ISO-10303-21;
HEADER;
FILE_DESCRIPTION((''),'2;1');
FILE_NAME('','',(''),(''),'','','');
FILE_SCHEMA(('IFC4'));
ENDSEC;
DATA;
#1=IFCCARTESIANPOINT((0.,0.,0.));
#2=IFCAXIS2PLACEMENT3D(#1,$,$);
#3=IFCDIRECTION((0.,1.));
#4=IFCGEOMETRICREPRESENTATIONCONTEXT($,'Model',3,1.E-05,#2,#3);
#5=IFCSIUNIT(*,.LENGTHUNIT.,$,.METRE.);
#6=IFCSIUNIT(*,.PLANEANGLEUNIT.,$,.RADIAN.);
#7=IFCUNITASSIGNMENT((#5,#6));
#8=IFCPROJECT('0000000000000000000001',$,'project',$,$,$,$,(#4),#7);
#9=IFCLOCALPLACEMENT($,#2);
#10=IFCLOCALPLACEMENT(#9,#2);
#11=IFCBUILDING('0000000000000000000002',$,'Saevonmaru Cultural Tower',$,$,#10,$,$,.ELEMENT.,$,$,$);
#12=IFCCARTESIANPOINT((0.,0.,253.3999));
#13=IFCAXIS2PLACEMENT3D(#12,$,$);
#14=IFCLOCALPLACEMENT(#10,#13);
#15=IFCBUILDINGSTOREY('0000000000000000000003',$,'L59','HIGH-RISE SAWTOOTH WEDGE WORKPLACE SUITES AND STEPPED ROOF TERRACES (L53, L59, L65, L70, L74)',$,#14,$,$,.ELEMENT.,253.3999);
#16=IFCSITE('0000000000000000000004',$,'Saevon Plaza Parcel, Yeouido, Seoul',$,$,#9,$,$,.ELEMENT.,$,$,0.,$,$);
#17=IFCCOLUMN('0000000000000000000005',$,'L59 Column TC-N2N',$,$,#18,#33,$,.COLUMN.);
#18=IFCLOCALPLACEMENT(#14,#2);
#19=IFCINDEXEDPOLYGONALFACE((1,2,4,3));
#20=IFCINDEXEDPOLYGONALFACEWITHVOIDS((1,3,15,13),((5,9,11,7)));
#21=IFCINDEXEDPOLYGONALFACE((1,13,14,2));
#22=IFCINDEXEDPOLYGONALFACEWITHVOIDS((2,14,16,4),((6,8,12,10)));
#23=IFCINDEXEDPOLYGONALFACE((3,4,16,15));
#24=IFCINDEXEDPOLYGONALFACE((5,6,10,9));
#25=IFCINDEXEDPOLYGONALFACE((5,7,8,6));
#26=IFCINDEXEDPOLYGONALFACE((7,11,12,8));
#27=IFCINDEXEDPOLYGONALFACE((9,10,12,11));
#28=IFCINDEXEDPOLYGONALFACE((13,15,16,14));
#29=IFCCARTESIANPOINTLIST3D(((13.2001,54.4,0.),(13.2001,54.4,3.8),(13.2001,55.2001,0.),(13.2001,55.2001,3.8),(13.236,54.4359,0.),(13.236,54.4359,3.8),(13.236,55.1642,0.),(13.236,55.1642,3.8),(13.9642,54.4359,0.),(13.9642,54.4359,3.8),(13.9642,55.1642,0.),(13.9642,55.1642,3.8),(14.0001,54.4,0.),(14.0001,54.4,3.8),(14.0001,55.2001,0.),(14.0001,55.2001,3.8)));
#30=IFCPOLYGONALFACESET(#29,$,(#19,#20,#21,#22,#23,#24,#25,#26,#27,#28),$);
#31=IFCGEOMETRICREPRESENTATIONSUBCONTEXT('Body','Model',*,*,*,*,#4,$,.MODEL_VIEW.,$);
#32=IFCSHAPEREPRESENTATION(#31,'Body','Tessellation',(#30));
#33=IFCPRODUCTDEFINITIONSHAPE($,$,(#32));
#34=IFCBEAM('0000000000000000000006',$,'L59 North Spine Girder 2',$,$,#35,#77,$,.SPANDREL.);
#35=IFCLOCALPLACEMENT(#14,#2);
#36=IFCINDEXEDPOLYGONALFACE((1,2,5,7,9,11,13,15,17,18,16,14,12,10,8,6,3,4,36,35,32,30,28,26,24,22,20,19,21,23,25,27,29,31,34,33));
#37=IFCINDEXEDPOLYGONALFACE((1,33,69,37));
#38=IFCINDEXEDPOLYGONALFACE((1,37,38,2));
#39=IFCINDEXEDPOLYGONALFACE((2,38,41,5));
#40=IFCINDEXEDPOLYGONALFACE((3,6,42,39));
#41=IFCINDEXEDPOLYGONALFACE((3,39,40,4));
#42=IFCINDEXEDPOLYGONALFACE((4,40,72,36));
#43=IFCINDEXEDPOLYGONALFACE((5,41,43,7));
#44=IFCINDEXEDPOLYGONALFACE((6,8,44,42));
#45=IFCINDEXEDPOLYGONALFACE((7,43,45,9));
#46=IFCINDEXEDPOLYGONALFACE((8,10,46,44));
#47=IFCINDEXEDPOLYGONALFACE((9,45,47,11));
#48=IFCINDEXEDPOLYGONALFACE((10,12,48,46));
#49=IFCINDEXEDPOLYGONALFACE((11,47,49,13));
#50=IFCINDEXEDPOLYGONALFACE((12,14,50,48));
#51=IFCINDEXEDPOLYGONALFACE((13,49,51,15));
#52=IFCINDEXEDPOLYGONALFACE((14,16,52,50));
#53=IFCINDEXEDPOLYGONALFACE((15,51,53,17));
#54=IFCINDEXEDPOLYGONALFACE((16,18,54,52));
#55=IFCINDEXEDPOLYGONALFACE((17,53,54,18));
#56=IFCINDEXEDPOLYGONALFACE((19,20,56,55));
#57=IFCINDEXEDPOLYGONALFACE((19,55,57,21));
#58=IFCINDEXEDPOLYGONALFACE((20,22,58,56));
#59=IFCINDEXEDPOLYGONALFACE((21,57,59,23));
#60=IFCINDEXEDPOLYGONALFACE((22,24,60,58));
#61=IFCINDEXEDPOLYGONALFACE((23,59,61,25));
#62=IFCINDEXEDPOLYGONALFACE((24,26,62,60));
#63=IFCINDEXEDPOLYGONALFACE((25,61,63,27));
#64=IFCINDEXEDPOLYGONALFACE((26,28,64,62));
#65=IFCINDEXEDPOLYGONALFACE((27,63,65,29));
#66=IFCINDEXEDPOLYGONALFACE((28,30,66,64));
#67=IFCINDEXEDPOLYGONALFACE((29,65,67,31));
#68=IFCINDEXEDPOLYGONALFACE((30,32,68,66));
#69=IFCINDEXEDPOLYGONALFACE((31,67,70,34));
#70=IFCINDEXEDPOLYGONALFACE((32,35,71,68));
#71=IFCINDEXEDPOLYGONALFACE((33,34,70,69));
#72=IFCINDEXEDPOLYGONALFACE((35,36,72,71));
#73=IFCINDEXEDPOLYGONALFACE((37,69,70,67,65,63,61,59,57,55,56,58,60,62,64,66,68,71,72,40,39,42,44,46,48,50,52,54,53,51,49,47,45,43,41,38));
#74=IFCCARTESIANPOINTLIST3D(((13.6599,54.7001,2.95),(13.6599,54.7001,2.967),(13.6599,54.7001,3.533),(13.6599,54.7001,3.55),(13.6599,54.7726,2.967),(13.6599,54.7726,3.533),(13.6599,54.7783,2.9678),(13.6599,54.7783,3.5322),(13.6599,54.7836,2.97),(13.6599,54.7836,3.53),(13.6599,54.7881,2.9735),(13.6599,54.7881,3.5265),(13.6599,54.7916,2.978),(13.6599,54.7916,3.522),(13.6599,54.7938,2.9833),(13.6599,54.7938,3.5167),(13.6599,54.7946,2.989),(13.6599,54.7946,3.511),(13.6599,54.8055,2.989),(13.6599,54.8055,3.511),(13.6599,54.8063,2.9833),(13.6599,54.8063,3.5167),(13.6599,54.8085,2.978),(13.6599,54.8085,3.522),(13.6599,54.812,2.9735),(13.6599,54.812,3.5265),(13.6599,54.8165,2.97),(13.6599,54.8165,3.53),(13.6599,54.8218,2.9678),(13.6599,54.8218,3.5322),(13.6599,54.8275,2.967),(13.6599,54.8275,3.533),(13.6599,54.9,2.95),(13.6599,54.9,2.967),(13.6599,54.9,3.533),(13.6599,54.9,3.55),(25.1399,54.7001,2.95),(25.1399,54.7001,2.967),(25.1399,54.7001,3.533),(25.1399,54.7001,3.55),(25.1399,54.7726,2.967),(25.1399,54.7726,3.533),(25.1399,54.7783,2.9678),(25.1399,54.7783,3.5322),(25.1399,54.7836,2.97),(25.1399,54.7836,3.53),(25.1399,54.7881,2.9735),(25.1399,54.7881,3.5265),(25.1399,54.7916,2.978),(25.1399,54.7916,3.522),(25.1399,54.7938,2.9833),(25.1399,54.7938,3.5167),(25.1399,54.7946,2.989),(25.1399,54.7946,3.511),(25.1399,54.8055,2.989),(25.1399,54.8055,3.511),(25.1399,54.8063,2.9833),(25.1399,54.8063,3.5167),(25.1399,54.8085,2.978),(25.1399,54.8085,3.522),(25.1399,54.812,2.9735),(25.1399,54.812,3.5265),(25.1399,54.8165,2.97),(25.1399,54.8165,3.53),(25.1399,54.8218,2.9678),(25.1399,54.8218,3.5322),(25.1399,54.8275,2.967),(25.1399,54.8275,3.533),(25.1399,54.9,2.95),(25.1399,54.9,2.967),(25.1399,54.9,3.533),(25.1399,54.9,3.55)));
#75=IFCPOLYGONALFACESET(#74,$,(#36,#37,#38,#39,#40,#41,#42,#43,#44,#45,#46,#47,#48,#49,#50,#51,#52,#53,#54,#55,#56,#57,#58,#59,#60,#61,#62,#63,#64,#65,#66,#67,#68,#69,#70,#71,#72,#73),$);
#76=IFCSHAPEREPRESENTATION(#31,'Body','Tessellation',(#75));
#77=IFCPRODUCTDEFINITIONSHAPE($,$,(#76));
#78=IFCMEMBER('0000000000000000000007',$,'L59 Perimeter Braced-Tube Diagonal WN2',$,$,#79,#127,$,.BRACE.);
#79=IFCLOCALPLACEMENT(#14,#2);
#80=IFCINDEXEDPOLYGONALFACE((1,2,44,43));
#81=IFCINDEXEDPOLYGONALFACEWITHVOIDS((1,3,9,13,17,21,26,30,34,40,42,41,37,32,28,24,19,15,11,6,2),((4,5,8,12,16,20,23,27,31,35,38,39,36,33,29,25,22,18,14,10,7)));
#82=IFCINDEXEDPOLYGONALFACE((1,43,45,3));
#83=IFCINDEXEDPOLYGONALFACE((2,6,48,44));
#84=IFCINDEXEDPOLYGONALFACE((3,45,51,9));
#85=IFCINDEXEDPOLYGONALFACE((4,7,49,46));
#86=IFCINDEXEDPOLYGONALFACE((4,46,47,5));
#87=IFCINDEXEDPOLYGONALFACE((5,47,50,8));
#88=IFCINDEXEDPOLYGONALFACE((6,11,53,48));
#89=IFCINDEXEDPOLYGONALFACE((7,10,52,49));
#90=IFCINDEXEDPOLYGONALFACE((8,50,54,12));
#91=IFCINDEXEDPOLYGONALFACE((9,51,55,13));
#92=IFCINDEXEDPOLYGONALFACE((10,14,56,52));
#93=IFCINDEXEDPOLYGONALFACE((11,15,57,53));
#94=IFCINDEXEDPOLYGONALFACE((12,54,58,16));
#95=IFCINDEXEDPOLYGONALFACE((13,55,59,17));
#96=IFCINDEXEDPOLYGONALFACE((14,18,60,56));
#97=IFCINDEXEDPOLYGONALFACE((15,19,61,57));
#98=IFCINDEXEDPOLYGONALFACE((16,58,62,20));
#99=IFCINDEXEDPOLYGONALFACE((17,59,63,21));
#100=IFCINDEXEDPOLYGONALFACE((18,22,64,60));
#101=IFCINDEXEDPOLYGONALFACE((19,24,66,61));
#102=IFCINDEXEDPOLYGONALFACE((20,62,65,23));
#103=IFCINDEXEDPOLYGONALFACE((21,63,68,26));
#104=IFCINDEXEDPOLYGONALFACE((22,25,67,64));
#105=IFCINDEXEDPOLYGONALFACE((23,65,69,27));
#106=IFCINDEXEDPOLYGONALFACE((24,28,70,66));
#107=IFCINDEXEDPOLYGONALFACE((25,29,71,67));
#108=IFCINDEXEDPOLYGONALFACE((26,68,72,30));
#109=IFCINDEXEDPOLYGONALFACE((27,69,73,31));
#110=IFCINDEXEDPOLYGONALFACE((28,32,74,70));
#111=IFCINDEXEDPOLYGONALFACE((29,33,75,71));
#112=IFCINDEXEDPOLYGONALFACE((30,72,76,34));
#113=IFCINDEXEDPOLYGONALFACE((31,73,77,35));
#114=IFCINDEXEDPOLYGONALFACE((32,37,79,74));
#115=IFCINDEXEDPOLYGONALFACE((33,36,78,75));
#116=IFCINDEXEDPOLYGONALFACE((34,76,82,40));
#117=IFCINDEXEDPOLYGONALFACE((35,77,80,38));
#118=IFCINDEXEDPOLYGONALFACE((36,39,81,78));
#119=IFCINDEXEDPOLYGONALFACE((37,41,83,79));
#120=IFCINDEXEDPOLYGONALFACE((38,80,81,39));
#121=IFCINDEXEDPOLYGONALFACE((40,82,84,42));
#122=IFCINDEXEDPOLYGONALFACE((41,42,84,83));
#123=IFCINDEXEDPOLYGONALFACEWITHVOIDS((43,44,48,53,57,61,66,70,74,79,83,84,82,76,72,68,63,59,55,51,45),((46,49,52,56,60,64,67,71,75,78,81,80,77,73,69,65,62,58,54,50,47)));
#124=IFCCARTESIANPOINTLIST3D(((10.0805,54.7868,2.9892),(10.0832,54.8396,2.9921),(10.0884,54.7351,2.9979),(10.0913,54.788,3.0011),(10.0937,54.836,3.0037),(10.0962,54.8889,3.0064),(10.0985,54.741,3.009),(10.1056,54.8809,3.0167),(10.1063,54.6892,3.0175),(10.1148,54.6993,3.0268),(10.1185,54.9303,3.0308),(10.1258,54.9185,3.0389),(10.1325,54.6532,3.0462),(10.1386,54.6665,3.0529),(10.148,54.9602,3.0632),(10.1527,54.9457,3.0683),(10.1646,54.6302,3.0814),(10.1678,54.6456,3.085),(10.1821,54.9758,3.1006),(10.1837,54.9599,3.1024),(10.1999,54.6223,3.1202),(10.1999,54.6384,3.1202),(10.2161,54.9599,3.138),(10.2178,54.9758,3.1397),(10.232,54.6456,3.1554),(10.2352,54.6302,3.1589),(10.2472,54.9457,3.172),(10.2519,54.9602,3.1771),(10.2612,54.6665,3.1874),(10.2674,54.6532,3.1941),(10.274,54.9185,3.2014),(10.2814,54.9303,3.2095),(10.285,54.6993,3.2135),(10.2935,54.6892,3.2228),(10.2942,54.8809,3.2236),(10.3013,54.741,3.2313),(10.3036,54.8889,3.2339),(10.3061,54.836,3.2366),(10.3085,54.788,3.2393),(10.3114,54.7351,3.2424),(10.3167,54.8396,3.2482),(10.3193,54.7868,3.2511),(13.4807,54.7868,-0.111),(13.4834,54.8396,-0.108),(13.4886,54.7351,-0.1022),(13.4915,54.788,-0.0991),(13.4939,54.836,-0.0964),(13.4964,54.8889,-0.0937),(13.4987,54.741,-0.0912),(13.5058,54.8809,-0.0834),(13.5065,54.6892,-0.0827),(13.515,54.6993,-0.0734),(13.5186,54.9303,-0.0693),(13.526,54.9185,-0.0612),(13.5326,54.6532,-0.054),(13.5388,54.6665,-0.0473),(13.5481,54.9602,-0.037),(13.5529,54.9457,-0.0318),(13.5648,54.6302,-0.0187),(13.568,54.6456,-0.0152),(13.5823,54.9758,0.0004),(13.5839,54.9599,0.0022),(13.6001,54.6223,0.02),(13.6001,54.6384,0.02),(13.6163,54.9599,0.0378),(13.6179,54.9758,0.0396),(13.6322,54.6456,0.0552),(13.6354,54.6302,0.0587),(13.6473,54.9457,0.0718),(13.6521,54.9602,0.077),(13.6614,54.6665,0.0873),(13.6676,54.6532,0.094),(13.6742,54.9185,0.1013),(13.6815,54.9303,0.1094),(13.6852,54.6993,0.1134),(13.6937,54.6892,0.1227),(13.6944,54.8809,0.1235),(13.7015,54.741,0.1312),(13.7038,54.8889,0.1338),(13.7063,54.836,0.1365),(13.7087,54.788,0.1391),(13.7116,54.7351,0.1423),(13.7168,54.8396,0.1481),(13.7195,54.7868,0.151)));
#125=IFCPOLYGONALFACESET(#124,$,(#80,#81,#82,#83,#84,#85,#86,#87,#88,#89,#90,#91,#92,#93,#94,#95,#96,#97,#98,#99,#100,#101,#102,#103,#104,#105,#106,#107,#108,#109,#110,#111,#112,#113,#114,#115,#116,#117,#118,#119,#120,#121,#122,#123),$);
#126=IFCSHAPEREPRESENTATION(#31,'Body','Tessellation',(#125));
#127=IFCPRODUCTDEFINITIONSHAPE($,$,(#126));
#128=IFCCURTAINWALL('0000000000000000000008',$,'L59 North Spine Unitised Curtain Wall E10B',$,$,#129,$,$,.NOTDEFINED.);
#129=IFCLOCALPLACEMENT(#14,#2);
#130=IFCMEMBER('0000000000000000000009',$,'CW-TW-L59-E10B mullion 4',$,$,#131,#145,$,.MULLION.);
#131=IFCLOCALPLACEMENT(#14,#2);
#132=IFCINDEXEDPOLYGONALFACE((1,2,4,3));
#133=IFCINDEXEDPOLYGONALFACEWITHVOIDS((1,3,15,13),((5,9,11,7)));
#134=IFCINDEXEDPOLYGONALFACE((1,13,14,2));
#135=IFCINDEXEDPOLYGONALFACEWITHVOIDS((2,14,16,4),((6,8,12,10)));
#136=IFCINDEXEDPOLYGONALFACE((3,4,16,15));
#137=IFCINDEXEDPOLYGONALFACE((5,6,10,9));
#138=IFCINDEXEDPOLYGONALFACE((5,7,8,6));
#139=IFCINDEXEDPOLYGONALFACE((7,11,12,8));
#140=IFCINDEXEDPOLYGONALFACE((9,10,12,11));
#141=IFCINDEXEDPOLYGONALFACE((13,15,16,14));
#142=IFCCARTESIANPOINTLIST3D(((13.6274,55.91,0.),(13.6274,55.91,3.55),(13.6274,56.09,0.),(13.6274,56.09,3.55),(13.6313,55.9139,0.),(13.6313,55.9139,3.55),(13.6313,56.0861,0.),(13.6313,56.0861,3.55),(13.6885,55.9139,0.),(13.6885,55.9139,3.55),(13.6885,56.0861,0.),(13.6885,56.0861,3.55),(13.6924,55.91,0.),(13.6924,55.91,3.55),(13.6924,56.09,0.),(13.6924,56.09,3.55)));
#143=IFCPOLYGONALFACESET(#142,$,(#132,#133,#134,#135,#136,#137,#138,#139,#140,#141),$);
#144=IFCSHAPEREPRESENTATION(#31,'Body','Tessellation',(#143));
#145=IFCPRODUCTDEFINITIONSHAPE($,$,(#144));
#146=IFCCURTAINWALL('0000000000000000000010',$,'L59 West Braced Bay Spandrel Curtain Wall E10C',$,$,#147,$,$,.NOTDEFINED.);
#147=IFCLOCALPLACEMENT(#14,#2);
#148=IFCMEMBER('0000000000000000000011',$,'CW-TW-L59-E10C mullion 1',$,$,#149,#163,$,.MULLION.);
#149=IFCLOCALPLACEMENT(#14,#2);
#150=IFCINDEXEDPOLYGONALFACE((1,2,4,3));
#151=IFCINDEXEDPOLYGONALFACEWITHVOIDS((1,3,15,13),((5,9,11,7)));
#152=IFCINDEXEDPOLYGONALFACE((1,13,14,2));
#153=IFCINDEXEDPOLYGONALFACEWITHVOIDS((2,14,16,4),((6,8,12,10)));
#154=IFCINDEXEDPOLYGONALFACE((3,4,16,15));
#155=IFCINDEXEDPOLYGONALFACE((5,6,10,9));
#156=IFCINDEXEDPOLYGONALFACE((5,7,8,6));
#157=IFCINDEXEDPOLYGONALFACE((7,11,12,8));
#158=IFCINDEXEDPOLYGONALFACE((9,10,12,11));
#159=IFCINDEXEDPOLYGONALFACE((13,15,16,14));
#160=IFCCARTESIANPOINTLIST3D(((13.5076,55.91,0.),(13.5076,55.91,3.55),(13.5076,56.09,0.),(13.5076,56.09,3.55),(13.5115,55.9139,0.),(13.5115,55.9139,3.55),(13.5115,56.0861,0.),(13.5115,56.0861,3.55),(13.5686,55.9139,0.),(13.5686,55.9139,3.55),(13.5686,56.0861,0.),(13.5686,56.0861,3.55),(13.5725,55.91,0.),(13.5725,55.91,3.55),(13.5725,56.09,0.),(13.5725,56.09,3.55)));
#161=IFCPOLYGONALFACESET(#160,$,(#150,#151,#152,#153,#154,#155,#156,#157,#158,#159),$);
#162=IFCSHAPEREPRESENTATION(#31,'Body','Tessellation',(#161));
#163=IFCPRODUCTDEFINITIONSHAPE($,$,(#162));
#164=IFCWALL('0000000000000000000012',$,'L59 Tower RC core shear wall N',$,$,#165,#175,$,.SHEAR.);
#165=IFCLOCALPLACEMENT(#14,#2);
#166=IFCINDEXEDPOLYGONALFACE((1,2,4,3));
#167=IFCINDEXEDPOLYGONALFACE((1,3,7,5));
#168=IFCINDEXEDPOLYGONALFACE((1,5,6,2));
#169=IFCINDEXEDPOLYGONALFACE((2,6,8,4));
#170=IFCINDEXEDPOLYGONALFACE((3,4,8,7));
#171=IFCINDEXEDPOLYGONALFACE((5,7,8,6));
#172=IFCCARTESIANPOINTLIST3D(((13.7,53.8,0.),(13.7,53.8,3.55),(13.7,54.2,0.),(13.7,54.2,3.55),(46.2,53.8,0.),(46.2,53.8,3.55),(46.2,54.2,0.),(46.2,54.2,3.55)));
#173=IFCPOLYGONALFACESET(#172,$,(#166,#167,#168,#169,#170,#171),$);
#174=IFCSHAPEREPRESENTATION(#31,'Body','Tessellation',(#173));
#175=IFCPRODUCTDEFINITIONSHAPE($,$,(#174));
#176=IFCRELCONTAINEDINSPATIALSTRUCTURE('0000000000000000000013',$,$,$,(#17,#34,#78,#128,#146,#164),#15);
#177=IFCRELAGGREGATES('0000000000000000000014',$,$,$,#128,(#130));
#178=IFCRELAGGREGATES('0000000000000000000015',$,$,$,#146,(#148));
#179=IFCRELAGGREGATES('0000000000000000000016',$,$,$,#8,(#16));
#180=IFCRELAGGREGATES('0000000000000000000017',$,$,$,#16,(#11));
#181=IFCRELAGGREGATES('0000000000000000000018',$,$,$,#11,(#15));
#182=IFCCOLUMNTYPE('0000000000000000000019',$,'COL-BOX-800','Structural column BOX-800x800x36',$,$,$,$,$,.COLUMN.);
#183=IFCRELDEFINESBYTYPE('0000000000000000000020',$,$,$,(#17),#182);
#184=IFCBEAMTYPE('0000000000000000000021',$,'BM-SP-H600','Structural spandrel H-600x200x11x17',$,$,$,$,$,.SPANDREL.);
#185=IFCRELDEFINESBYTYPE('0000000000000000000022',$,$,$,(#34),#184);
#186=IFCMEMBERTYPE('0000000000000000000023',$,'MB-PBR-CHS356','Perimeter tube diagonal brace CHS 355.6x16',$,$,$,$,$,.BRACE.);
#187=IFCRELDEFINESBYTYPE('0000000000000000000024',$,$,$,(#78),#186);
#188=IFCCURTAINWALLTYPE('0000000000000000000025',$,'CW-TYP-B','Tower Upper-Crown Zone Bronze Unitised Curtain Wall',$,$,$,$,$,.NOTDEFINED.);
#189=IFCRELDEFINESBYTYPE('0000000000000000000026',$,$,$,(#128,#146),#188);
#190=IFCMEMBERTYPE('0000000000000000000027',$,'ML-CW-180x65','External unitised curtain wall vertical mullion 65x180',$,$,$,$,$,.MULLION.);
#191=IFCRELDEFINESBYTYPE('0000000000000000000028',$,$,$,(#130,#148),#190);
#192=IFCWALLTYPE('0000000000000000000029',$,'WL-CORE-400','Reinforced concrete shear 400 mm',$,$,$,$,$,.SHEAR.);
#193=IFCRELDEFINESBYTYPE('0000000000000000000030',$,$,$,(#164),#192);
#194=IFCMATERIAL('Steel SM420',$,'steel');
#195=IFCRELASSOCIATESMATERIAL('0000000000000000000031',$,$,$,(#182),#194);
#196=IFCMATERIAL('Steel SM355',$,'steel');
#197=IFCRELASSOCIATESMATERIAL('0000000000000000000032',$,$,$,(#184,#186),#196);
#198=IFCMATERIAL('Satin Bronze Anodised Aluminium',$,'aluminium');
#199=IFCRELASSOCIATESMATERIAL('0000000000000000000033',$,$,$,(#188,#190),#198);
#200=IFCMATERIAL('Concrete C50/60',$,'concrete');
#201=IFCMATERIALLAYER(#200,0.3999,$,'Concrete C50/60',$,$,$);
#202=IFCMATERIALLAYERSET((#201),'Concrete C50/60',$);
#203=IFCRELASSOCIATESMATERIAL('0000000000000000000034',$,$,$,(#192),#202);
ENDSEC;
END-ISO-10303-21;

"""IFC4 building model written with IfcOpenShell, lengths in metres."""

from ifc_helpers import new_model, si_unit, direction, frame, frame_2d, origin, origin_2d, place, context, subcontext, project, spatial, rectangle, hollow_rectangle, hollow_circle, i_section, extrude, material, layer, layer_set, material_profile, profile_set, type_object, element, aggregate, save


model = new_model("IFC4")

# Units and contexts
model_context = context("Model", 3, precision=1e-05, world=origin(), true_north=direction((0.0, 1.0)))
body_context = subcontext(model_context, "Body", "Model", "MODEL_VIEW")
ifc_project = project(units=[si_unit("LENGTHUNIT", "METRE"), si_unit("PLANEANGLEUNIT", "RADIAN")], contexts=[model_context])

# Site, building, storey
site_placement = place(None, origin())
site = spatial("IfcSite", under=ifc_project, at=site_placement, Name="Saevon Plaza Parcel, Yeouido, Seoul", CompositionType="ELEMENT", RefElevation=0.0)
building_placement = place(site_placement, origin())
building = spatial("IfcBuilding", under=site, at=building_placement, Name="Saevonmaru Cultural Tower", CompositionType="ELEMENT")
storey_placement = place(building_placement, frame((0.0, 0.0, 253.3999)))
storey = spatial("IfcBuildingStorey", under=building, at=storey_placement, Name="L59", Description="HIGH-RISE SAWTOOTH WEDGE WORKPLACE SUITES AND STEPPED ROOF TERRACES (L53, L59, L65, L70, L74)", CompositionType="ELEMENT", Elevation=253.3999)

# Column
ifc_material_1 = material(Name="Steel SM420", Category="steel")
ifc_material_profile_1 = material_profile(ifc_material_1, hollow_rectangle(XDim=0.8, YDim=0.8, WallThickness=0.0359, at=origin_2d()), Name="BOX-800x800x36")
ifc_profile_set_1 = profile_set([ifc_material_profile_1], Name="Steel SM420")
column_type = type_object("IfcColumnType", Name="COL-BOX-800", Description="Structural column BOX-800x800x36", PredefinedType="COLUMN", material=ifc_profile_set_1)
column_placement = place(storey_placement, frame((13.6001, 54.8, 0.0), z_axis=(0.0, 0.0, 1.0), x_axis=(1.0, 0.0, 0.0)))
element("IfcColumn", 1, at=column_placement, inside=storey, type_object=column_type, Name="L59 Column TC-N2N", PredefinedType="COLUMN", context=body_context, shape_type="SweptSolid", body=[
    extrude(hollow_rectangle(XDim=0.8, YDim=0.8, WallThickness=0.0359, at=origin_2d()), origin(), (0.0, 0.0, 1.0), 3.8),
])

# Beam
ifc_material_2 = material(Name="Steel SM355", Category="steel")
ifc_material_profile_2 = material_profile(ifc_material_2, i_section(OverallWidth=0.2, OverallDepth=0.6001, WebThickness=0.011, FlangeThickness=0.0171, FilletRadius=0.022, at=origin_2d()), Name="H-600x200x11x17")
ifc_profile_set_2 = profile_set([ifc_material_profile_2], Name="Steel SM355")
beam_type = type_object("IfcBeamType", Name="BM-SP-H600", Description="Structural spandrel H-600x200x11x17", PredefinedType="SPANDREL", material=ifc_profile_set_2)
beam_placement = place(storey_placement, frame((13.6599, 54.8, 3.25), z_axis=(1.0, 0.0, 0.0), x_axis=(0.0, 1.0, 0.0)))
element("IfcBeam", 2, at=beam_placement, inside=storey, type_object=beam_type, Name="L59 North Spine Girder 2", PredefinedType="SPANDREL", context=body_context, shape_type="SweptSolid", body=[
    extrude(i_section(OverallWidth=0.2, OverallDepth=0.6001, WebThickness=0.011, FlangeThickness=0.0171, FilletRadius=0.022, at=origin_2d()), origin(), (0.0, 0.0, 1.0), 11.48),
])

# Member
ifc_material_profile_3 = material_profile(ifc_material_2, hollow_circle(Radius=0.1777, WallThickness=0.0161, at=origin_2d()), Name="CHS-355.6x16")
ifc_profile_set_3 = profile_set([ifc_material_profile_3], Name="Steel SM355")
member_type_1 = type_object("IfcMemberType", Name="MB-PBR-CHS356", Description="Perimeter tube diagonal brace CHS 355.6x16", PredefinedType="BRACE", material=ifc_profile_set_3)
member_1_placement = place(storey_placement, frame((13.6001, 54.8, 0.02), z_axis=(-0.73896, 0.0, 0.67375), x_axis=(0.0, -1.0, 0.0)))
element("IfcMember", 3, at=member_1_placement, inside=storey, type_object=member_type_1, Name="L59 Perimeter Braced-Tube Diagonal WN2", PredefinedType="BRACE", context=body_context, shape_type="SweptSolid", body=[
    extrude(hollow_circle(Radius=0.1777, WallThickness=0.0161, at=origin_2d()), origin(), (0.0, 0.0, 1.0), 4.6013),
])

# Curtain walls, members
ifc_material_3 = material(Name="Satin Bronze Anodised Aluminium", Category="aluminium")
curtain_wall_type = type_object("IfcCurtainWallType", Name="CW-TYP-B", Description="Tower Upper-Crown Zone Bronze Unitised Curtain Wall", PredefinedType="NOTDEFINED", material=ifc_material_3)
curtain_wall_1_placement = place(storey_placement, origin())
curtain_wall_1 = element("IfcCurtainWall", 4, at=curtain_wall_1_placement, inside=storey, type_object=curtain_wall_type, Name="L59 North Spine Unitised Curtain Wall E10B", PredefinedType="NOTDEFINED")
ifc_material_profile_4 = material_profile(ifc_material_3, hollow_rectangle(XDim=0.0649, YDim=0.1799, WallThickness=0.0039, at=origin_2d()), Name="ALU-MULL-180x65x4")
ifc_profile_set_4 = profile_set([ifc_material_profile_4], Name="Satin Bronze Anodised Aluminium")
member_type_2 = type_object("IfcMemberType", Name="ML-CW-180x65", Description="External unitised curtain wall vertical mullion 65x180", PredefinedType="MULLION", material=ifc_profile_set_4)
member_2_placement = place(storey_placement, frame((13.6599, 56.0, 0.0), z_axis=(0.0, 0.0, 1.0), x_axis=(-1.0, 0.0, 0.0)))
member_2 = element("IfcMember", 5, at=member_2_placement, type_object=member_type_2, Name="CW-TW-L59-E10B mullion 4", PredefinedType="MULLION", context=body_context, shape_type="SweptSolid", body=[
    extrude(hollow_rectangle(XDim=0.0649, YDim=0.1799, WallThickness=0.0039, at=origin_2d()), origin(), (0.0, 0.0, 1.0), 3.55),
])
aggregate(curtain_wall_1, [member_2])
curtain_wall_2_placement = place(storey_placement, origin())
curtain_wall_2 = element("IfcCurtainWall", 6, at=curtain_wall_2_placement, inside=storey, type_object=curtain_wall_type, Name="L59 West Braced Bay Spandrel Curtain Wall E10C", PredefinedType="NOTDEFINED")
member_3_placement = place(storey_placement, frame((13.54, 56.0, 0.0), z_axis=(0.0, 0.0, 1.0), x_axis=(-1.0, 0.0, 0.0)))
member_3 = element("IfcMember", 7, at=member_3_placement, type_object=member_type_2, Name="CW-TW-L59-E10C mullion 1", PredefinedType="MULLION", context=body_context, shape_type="SweptSolid", body=[
    extrude(hollow_rectangle(XDim=0.0649, YDim=0.1799, WallThickness=0.0039, at=origin_2d()), origin(), (0.0, 0.0, 1.0), 3.55),
])
aggregate(curtain_wall_2, [member_3])

# Wall
ifc_material_4 = material(Name="Concrete C50/60", Category="concrete")
ifc_layer_1 = layer(ifc_material_4, 0.3999, Name="Concrete C50/60")
ifc_layer_set_1 = layer_set([ifc_layer_1], Name="Concrete C50/60")
wall_type_1 = type_object("IfcWallType", Name="WL-CORE-400", Description="Reinforced concrete shear 400 mm", PredefinedType="SHEAR", material=ifc_layer_set_1)
wall_1_placement = place(storey_placement, frame((13.7, 54.0, 0.0), z_axis=(0.0, 0.0, 1.0), x_axis=(1.0, 0.0, 0.0)))
element("IfcWall", 8, at=wall_1_placement, inside=storey, type_object=wall_type_1, Name="L59 Tower RC core shear wall N", PredefinedType="SHEAR", context=body_context, shape_type="SweptSolid", body=[
    extrude(rectangle(XDim=32.5, YDim=0.3999, at=frame_2d((16.25, 0.0))), origin(), (0.0, 0.0, 1.0), 3.55),
])

save(model, "model.ifc")
